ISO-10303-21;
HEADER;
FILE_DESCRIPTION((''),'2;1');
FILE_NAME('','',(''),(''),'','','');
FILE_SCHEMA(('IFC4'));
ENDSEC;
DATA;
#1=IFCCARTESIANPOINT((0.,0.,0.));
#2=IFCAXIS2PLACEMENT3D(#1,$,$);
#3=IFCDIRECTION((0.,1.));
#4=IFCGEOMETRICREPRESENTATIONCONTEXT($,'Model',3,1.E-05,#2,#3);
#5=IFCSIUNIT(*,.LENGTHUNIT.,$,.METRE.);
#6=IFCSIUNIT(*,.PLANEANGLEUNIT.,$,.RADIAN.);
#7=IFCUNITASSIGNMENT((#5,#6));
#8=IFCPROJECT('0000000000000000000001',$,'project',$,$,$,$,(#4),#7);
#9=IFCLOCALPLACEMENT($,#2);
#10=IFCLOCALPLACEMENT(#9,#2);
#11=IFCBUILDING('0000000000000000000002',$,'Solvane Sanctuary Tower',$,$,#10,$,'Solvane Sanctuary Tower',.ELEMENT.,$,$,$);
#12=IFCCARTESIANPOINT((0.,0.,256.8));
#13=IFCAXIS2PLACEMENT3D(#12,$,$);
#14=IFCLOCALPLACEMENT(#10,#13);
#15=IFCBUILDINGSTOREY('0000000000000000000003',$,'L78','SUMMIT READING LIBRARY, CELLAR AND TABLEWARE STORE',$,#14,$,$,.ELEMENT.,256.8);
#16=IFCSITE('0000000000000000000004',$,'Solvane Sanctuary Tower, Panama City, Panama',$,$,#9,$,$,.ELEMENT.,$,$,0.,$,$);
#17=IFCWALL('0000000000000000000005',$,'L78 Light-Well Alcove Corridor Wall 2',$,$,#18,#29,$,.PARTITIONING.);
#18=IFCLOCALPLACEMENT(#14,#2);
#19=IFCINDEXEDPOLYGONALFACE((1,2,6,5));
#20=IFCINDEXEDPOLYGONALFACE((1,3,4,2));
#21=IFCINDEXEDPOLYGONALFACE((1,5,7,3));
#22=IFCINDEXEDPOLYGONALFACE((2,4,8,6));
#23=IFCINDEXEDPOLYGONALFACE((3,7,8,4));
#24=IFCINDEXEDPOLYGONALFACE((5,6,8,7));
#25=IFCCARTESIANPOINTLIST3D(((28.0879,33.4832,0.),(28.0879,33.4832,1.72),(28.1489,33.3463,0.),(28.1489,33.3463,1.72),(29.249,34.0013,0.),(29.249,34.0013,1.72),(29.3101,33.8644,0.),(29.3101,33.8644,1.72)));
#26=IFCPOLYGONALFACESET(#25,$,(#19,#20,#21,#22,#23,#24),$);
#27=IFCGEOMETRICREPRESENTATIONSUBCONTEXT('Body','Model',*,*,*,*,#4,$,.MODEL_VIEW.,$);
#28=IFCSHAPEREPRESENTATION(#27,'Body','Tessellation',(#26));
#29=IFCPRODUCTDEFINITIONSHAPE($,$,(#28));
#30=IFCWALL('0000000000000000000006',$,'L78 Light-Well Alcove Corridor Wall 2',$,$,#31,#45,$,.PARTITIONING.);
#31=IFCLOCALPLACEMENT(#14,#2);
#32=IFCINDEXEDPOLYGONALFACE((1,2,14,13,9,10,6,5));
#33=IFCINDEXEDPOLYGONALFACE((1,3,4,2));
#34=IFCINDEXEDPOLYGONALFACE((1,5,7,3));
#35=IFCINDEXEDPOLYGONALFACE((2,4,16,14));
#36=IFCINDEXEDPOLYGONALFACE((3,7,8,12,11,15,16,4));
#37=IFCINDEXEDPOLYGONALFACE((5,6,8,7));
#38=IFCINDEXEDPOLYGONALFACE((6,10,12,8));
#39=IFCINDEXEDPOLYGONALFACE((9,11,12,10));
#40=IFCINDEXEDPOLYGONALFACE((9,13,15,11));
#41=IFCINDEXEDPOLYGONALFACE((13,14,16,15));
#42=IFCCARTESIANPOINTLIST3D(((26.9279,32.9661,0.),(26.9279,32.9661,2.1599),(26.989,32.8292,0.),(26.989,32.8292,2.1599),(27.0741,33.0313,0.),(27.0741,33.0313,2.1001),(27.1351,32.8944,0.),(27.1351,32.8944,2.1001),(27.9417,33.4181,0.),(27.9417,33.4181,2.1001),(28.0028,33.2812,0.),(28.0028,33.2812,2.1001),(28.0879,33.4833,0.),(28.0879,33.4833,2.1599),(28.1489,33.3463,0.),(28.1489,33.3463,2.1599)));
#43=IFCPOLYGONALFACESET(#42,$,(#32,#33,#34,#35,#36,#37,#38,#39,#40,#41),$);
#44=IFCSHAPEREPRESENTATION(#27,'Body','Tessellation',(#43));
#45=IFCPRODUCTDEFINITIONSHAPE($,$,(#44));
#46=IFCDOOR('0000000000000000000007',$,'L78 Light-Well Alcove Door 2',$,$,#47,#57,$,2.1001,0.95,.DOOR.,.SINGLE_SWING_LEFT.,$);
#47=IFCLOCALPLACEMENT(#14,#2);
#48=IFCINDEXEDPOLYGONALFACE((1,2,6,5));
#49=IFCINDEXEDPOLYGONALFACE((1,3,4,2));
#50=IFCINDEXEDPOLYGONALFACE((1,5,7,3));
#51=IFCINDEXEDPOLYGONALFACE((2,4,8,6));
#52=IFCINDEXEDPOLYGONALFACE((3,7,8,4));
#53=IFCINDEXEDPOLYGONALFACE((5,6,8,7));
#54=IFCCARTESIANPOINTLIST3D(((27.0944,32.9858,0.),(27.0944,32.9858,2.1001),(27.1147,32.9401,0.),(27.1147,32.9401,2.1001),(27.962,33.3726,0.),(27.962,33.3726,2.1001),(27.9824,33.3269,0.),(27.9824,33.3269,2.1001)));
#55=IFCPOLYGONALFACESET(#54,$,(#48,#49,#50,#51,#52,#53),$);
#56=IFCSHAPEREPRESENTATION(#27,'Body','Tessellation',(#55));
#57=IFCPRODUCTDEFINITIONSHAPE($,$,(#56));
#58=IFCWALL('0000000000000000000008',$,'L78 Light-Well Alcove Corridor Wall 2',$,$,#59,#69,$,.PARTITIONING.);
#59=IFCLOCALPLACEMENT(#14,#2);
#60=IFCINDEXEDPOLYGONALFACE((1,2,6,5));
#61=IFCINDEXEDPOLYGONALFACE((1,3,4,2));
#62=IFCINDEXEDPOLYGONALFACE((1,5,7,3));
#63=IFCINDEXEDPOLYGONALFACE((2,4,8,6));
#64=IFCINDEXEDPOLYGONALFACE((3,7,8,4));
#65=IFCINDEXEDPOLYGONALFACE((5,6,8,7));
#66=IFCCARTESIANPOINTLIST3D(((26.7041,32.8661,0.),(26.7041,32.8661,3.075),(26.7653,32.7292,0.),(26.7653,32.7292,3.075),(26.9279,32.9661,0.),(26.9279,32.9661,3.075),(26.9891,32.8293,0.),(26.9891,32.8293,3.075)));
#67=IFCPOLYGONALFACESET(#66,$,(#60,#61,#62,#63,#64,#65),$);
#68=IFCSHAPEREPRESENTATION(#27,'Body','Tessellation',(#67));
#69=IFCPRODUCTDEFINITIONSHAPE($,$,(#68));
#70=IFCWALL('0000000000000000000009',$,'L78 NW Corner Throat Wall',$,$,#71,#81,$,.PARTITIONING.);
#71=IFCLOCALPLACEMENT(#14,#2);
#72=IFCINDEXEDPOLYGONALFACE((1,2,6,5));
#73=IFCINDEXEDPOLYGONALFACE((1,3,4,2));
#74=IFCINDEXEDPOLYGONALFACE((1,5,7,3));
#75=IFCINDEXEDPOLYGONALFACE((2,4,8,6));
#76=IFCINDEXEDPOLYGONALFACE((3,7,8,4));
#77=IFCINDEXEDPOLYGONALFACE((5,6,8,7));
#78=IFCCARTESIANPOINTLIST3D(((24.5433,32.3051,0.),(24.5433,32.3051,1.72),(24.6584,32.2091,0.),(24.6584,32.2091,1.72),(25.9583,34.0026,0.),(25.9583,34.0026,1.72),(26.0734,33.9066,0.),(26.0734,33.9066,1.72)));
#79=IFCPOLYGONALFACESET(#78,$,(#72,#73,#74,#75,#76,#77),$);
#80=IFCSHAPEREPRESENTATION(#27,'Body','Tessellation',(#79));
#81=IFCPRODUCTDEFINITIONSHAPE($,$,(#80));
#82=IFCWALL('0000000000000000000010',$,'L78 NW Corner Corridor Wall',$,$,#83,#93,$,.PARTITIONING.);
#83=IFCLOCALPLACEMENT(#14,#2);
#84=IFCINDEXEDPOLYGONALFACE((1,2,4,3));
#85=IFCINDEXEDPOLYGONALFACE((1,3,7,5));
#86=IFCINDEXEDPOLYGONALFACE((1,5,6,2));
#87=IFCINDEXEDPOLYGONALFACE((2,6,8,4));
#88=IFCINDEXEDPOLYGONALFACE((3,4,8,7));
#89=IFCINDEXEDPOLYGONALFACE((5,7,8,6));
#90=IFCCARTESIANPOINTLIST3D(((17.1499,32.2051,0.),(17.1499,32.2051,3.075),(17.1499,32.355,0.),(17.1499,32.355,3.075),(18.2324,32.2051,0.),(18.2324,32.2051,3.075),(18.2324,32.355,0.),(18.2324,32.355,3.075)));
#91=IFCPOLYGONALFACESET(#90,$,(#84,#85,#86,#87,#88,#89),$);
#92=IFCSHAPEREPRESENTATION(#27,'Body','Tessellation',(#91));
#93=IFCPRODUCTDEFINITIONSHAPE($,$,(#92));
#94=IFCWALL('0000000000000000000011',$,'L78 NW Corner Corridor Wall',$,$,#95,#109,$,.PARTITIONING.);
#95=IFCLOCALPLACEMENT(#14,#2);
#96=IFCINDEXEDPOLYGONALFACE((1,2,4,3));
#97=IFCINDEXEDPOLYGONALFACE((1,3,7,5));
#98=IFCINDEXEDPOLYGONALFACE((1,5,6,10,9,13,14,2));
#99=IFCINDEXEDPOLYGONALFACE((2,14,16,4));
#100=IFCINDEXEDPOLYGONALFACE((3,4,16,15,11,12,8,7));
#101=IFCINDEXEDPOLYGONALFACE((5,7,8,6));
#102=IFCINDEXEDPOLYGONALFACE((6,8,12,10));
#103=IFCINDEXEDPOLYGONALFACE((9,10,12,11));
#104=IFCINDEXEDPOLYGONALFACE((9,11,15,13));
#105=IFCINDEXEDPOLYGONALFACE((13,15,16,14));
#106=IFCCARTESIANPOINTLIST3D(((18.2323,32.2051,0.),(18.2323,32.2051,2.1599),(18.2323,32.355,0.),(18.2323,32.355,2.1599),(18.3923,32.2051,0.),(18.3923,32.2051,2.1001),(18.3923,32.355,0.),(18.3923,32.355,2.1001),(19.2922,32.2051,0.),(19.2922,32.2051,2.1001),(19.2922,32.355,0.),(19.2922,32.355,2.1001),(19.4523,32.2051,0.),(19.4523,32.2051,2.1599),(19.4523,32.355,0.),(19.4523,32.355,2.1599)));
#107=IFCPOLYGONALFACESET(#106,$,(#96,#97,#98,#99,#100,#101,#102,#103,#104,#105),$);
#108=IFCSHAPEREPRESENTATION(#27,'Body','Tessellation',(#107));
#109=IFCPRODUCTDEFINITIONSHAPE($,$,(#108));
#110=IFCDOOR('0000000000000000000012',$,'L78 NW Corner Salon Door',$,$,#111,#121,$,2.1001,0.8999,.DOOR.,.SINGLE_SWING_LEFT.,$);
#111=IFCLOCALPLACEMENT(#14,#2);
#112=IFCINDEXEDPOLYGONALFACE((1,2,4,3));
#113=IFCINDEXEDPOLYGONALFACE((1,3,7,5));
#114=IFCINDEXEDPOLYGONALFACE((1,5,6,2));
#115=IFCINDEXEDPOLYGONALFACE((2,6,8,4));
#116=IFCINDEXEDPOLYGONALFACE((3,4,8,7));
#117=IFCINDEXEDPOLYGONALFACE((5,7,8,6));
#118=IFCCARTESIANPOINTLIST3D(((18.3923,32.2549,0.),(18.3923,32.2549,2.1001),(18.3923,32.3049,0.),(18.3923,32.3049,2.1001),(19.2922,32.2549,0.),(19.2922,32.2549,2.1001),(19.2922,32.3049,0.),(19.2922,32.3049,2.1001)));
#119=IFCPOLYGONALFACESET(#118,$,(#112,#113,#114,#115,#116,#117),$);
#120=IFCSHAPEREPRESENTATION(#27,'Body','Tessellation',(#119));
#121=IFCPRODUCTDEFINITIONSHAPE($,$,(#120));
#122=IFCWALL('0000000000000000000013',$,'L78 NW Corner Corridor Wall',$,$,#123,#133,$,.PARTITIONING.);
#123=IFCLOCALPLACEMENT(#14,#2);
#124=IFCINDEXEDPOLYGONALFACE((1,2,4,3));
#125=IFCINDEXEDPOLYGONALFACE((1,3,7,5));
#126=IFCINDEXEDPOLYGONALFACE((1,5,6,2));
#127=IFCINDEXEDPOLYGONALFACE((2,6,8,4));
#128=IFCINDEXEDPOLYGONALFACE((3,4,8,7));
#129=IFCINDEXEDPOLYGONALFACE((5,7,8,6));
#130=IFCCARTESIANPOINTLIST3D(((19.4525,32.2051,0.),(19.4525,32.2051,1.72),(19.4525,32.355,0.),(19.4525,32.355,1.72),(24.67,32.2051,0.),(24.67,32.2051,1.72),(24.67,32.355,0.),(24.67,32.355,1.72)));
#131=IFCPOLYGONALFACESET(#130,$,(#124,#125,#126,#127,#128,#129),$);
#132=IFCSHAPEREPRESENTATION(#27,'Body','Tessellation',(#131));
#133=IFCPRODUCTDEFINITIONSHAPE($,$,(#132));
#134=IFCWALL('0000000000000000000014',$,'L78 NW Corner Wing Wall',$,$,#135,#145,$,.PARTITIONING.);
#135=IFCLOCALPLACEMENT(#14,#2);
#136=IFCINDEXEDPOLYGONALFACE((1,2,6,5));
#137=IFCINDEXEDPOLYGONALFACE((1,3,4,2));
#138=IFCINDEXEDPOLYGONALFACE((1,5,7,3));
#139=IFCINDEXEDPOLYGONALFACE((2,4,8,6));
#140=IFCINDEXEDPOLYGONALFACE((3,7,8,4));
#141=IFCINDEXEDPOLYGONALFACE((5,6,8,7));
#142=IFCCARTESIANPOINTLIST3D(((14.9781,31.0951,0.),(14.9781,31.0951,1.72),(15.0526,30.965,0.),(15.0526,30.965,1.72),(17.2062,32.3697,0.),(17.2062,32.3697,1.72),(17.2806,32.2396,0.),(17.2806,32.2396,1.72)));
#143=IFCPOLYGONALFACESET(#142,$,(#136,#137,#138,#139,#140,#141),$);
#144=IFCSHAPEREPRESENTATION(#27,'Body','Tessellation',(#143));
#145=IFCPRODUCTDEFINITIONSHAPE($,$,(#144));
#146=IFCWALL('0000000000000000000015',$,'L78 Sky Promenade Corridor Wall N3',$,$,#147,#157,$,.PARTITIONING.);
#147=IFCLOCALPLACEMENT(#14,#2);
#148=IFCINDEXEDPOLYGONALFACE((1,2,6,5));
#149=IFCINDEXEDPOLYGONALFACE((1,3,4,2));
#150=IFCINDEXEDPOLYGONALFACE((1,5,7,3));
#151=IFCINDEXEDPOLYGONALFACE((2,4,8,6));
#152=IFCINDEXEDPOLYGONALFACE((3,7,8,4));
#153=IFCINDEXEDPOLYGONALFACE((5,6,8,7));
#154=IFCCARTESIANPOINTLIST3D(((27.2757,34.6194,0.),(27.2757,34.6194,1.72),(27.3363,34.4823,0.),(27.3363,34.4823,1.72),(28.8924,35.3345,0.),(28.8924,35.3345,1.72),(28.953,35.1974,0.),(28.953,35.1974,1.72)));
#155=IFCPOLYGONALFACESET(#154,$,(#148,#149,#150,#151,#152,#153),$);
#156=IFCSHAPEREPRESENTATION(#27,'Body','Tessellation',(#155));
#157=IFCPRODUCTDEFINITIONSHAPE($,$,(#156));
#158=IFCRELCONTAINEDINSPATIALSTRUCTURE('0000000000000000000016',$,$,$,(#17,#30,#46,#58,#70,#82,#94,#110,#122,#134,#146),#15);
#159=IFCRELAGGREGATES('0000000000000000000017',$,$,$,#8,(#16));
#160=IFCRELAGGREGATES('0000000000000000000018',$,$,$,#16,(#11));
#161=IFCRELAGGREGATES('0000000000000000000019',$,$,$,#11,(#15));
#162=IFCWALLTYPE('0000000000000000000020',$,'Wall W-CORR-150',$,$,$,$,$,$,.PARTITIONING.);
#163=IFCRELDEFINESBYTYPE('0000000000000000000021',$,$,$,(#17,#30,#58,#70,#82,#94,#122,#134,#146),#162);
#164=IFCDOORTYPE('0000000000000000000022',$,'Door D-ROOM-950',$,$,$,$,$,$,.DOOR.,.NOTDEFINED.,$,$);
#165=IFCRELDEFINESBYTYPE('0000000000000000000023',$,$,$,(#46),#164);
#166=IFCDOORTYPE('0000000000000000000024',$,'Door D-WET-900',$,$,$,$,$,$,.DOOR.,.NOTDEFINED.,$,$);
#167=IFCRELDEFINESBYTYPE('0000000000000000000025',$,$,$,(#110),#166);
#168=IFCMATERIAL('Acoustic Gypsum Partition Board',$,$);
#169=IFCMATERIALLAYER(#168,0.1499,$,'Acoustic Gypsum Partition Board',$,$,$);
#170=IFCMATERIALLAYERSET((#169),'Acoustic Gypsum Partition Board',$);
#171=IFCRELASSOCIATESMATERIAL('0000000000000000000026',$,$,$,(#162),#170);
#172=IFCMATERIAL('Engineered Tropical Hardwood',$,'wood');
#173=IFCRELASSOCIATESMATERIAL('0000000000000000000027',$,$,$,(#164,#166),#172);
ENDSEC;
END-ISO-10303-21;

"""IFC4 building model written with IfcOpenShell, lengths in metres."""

from ifc_helpers import new_model, si_unit, direction, frame, frame_2d, origin, place, context, subcontext, project, spatial, rectangle, extrude, material, layer, layer_set, type_object, element, fill, save


model = new_model("IFC4")

# Units and contexts
model_context = context("Model", 3, precision=1e-05, world=origin(), true_north=direction((0.0, 1.0)))
body_context = subcontext(model_context, "Body", "Model", "MODEL_VIEW")
ifc_project = project(units=[si_unit("LENGTHUNIT", "METRE"), si_unit("PLANEANGLEUNIT", "RADIAN")], contexts=[model_context])

# Site, building, storey
site_placement = place(None, origin())
site = spatial("IfcSite", under=ifc_project, at=site_placement, Name="Solvane Sanctuary Tower, Panama City, Panama", CompositionType="ELEMENT", RefElevation=0.0)
building_placement = place(site_placement, origin())
building = spatial("IfcBuilding", under=site, at=building_placement, Name="Solvane Sanctuary Tower", LongName="Solvane Sanctuary Tower", CompositionType="ELEMENT")
storey_placement = place(building_placement, frame((0.0, 0.0, 256.8)))
storey = spatial("IfcBuildingStorey", under=building, at=storey_placement, Name="L78", Description="SUMMIT READING LIBRARY, CELLAR AND TABLEWARE STORE", CompositionType="ELEMENT", Elevation=256.8)

# Wall
ifc_material_1 = material(Name="Acoustic Gypsum Partition Board")
ifc_layer_1 = layer(ifc_material_1, 0.1499, Name="Acoustic Gypsum Partition Board")
ifc_layer_set_1 = layer_set([ifc_layer_1], Name="Acoustic Gypsum Partition Board")
wall_type_1 = type_object("IfcWallType", Name="Wall W-CORR-150", PredefinedType="PARTITIONING", material=ifc_layer_set_1)
wall_1_placement = place(storey_placement, frame((29.2795, 33.9329, 0.0), z_axis=(0.0, 0.0, 1.0), x_axis=(-0.913225, -0.407456, 0.0)))
element("IfcWall", 1, at=wall_1_placement, inside=storey, type_object=wall_type_1, Name="L78 Light-Well Alcove Corridor Wall 2", PredefinedType="PARTITIONING", context=body_context, shape_type="SweptSolid", body=[
    extrude(rectangle(XDim=1.2715, YDim=0.1499, at=frame_2d((0.6357, 0.0))), origin(), (0.0, 0.0, 1.0), 1.72),
])

# Wall, opening, door
wall_2_placement = place(storey_placement, frame((28.1184, 33.4148, 0.0), z_axis=(0.0, 0.0, 1.0), x_axis=(-0.913351, -0.407173, 0.0)))
wall_2 = element("IfcWall", 2, at=wall_2_placement, inside=storey, type_object=wall_type_1, Name="L78 Light-Well Alcove Corridor Wall 2", PredefinedType="PARTITIONING", context=body_context, shape_type="SweptSolid", body=[
    extrude(rectangle(XDim=1.27, YDim=0.1499, at=frame_2d((0.635, 0.0))), origin(), (0.0, 0.0, 1.0), 2.1599),
])
opening_1_placement = place(wall_2_placement, frame((0.1599, 0.0, 0.0)))
opening_1 = element("IfcOpeningElement", 3, at=opening_1_placement, cuts=wall_2, PredefinedType="OPENING", context=body_context, shape_type="SweptSolid", body=[
    extrude(rectangle(XDim=0.95, YDim=2.1001, at=frame_2d((0.4751, 1.05))), frame((0.0, 0.085, 0.0), z_axis=(0.0, -1.0, 0.0), x_axis=(1.0, 0.0, 0.0)), (0.0, 0.0, 1.0), 0.1699),
])
ifc_material_2 = material(Name="Engineered Tropical Hardwood", Category="wood")
door_type_1 = type_object("IfcDoorType", Name="Door D-ROOM-950", OperationType="NOTDEFINED", PredefinedType="DOOR", material=ifc_material_2)
door_1_placement = place(opening_1_placement, origin())
door_1 = element("IfcDoor", 4, at=door_1_placement, inside=storey, type_object=door_type_1, Name="L78 Light-Well Alcove Door 2", OperationType="SINGLE_SWING_LEFT", OverallHeight=2.1001, OverallWidth=0.95, PredefinedType="DOOR", context=body_context, shape_type="SweptSolid", body=[
    extrude(rectangle(XDim=0.95, YDim=2.1001, at=frame_2d((0.4751, 1.05))), frame((0.0, 0.0249, 0.0), z_axis=(0.0, -1.0, 0.0), x_axis=(1.0, 0.0, 0.0)), (0.0, 0.0, 1.0), 0.05),
])
fill(opening_1, door_1)

# Walls
wall_3_placement = place(storey_placement, frame((26.9585, 32.8977, 0.0), z_axis=(0.0, 0.0, 1.0), x_axis=(-0.912906, -0.40817, 0.0)))
element("IfcWall", 5, at=wall_3_placement, inside=storey, type_object=wall_type_1, Name="L78 Light-Well Alcove Corridor Wall 2", PredefinedType="PARTITIONING", context=body_context, shape_type="SweptSolid", body=[
    extrude(rectangle(XDim=0.2451, YDim=0.1499, at=frame_2d((0.1226, 0.0))), origin(), (0.0, 0.0, 1.0), 3.075),
])
wall_4_placement = place(storey_placement, frame((26.0159, 33.9546, 0.0), z_axis=(0.0, 0.0, 1.0), x_axis=(-0.640304, -0.768122, 0.0)))
element("IfcWall", 6, at=wall_4_placement, inside=storey, type_object=wall_type_1, Name="L78 NW Corner Throat Wall", PredefinedType="PARTITIONING", context=body_context, shape_type="SweptSolid", body=[
    extrude(rectangle(XDim=2.21, YDim=0.1499, at=frame_2d((1.105, 0.0))), origin(), (0.0, 0.0, 1.0), 1.72),
])
wall_5_placement = place(storey_placement, frame((17.1499, 32.28, 0.0), z_axis=(0.0, 0.0, 1.0), x_axis=(1.0, 0.0, 0.0)))
element("IfcWall", 7, at=wall_5_placement, inside=storey, type_object=wall_type_1, Name="L78 NW Corner Corridor Wall", PredefinedType="PARTITIONING", context=body_context, shape_type="SweptSolid", body=[
    extrude(rectangle(XDim=1.0825, YDim=0.1499, at=frame_2d((0.5413, 0.0))), origin(), (0.0, 0.0, 1.0), 3.075),
])

# Wall, opening, door
wall_6_placement = place(storey_placement, frame((18.2324, 32.28, 0.0), z_axis=(0.0, 0.0, 1.0), x_axis=(1.0, 0.0, 0.0)))
wall_6 = element("IfcWall", 8, at=wall_6_placement, inside=storey, type_object=wall_type_1, Name="L78 NW Corner Corridor Wall", PredefinedType="PARTITIONING", context=body_context, shape_type="SweptSolid", body=[
    extrude(rectangle(XDim=1.22, YDim=0.1499, at=frame_2d((0.6099, 0.0))), origin(), (0.0, 0.0, 1.0), 2.1599),
])
opening_2_placement = place(wall_6_placement, frame((0.1599, 0.0, 0.0)))
opening_2 = element("IfcOpeningElement", 9, at=opening_2_placement, cuts=wall_6, PredefinedType="OPENING", context=body_context, shape_type="SweptSolid", body=[
    extrude(rectangle(XDim=0.8999, YDim=2.1001, at=frame_2d((0.45, 1.05))), frame((0.0, 0.085, 0.0), z_axis=(0.0, -1.0, 0.0), x_axis=(1.0, 0.0, 0.0)), (0.0, 0.0, 1.0), 0.1699),
])
door_type_2 = type_object("IfcDoorType", Name="Door D-WET-900", OperationType="NOTDEFINED", PredefinedType="DOOR", material=ifc_material_2)
door_2_placement = place(opening_2_placement, origin())
door_2 = element("IfcDoor", 10, at=door_2_placement, inside=storey, type_object=door_type_2, Name="L78 NW Corner Salon Door", OperationType="SINGLE_SWING_LEFT", OverallHeight=2.1001, OverallWidth=0.8999, PredefinedType="DOOR", context=body_context, shape_type="SweptSolid", body=[
    extrude(rectangle(XDim=0.8999, YDim=2.1001, at=frame_2d((0.45, 1.05))), frame((0.0, 0.0249, 0.0), z_axis=(0.0, -1.0, 0.0), x_axis=(1.0, 0.0, 0.0)), (0.0, 0.0, 1.0), 0.05),
])
fill(opening_2, door_2)

# Walls
wall_7_placement = place(storey_placement, frame((19.4524, 32.28, 0.0), z_axis=(0.0, 0.0, 1.0), x_axis=(1.0, 0.0, 0.0)))
element("IfcWall", 11, at=wall_7_placement, inside=storey, type_object=wall_type_1, Name="L78 NW Corner Corridor Wall", PredefinedType="PARTITIONING", context=body_context, shape_type="SweptSolid", body=[
    extrude(rectangle(XDim=5.2175, YDim=0.1499, at=frame_2d((2.6089, 0.0))), origin(), (0.0, 0.0, 1.0), 1.72),
])
wall_8_placement = place(storey_placement, frame((17.2434, 32.3047, 0.0), z_axis=(0.0, 0.0, 1.0), x_axis=(-0.867991, -0.496579, 0.0)))
element("IfcWall", 12, at=wall_8_placement, inside=storey, type_object=wall_type_1, Name="L78 NW Corner Wing Wall", PredefinedType="PARTITIONING", context=body_context, shape_type="SweptSolid", body=[
    extrude(rectangle(XDim=2.5669, YDim=0.1499, at=frame_2d((1.2834, 0.0))), origin(), (0.0, 0.0, 1.0), 1.72),
])
wall_9_placement = place(storey_placement, frame((28.9226, 35.2659, 0.0), z_axis=(0.0, 0.0, 1.0), x_axis=(-0.914533, -0.40451, 0.0)))
element("IfcWall", 13, at=wall_9_placement, inside=storey, type_object=wall_type_1, Name="L78 Sky Promenade Corridor Wall N3", PredefinedType="PARTITIONING", context=body_context, shape_type="SweptSolid", body=[
    extrude(rectangle(XDim=1.7678, YDim=0.1499, at=frame_2d((0.8838, 0.0))), origin(), (0.0, 0.0, 1.0), 1.72),
])

save(model, "model.ifc")
